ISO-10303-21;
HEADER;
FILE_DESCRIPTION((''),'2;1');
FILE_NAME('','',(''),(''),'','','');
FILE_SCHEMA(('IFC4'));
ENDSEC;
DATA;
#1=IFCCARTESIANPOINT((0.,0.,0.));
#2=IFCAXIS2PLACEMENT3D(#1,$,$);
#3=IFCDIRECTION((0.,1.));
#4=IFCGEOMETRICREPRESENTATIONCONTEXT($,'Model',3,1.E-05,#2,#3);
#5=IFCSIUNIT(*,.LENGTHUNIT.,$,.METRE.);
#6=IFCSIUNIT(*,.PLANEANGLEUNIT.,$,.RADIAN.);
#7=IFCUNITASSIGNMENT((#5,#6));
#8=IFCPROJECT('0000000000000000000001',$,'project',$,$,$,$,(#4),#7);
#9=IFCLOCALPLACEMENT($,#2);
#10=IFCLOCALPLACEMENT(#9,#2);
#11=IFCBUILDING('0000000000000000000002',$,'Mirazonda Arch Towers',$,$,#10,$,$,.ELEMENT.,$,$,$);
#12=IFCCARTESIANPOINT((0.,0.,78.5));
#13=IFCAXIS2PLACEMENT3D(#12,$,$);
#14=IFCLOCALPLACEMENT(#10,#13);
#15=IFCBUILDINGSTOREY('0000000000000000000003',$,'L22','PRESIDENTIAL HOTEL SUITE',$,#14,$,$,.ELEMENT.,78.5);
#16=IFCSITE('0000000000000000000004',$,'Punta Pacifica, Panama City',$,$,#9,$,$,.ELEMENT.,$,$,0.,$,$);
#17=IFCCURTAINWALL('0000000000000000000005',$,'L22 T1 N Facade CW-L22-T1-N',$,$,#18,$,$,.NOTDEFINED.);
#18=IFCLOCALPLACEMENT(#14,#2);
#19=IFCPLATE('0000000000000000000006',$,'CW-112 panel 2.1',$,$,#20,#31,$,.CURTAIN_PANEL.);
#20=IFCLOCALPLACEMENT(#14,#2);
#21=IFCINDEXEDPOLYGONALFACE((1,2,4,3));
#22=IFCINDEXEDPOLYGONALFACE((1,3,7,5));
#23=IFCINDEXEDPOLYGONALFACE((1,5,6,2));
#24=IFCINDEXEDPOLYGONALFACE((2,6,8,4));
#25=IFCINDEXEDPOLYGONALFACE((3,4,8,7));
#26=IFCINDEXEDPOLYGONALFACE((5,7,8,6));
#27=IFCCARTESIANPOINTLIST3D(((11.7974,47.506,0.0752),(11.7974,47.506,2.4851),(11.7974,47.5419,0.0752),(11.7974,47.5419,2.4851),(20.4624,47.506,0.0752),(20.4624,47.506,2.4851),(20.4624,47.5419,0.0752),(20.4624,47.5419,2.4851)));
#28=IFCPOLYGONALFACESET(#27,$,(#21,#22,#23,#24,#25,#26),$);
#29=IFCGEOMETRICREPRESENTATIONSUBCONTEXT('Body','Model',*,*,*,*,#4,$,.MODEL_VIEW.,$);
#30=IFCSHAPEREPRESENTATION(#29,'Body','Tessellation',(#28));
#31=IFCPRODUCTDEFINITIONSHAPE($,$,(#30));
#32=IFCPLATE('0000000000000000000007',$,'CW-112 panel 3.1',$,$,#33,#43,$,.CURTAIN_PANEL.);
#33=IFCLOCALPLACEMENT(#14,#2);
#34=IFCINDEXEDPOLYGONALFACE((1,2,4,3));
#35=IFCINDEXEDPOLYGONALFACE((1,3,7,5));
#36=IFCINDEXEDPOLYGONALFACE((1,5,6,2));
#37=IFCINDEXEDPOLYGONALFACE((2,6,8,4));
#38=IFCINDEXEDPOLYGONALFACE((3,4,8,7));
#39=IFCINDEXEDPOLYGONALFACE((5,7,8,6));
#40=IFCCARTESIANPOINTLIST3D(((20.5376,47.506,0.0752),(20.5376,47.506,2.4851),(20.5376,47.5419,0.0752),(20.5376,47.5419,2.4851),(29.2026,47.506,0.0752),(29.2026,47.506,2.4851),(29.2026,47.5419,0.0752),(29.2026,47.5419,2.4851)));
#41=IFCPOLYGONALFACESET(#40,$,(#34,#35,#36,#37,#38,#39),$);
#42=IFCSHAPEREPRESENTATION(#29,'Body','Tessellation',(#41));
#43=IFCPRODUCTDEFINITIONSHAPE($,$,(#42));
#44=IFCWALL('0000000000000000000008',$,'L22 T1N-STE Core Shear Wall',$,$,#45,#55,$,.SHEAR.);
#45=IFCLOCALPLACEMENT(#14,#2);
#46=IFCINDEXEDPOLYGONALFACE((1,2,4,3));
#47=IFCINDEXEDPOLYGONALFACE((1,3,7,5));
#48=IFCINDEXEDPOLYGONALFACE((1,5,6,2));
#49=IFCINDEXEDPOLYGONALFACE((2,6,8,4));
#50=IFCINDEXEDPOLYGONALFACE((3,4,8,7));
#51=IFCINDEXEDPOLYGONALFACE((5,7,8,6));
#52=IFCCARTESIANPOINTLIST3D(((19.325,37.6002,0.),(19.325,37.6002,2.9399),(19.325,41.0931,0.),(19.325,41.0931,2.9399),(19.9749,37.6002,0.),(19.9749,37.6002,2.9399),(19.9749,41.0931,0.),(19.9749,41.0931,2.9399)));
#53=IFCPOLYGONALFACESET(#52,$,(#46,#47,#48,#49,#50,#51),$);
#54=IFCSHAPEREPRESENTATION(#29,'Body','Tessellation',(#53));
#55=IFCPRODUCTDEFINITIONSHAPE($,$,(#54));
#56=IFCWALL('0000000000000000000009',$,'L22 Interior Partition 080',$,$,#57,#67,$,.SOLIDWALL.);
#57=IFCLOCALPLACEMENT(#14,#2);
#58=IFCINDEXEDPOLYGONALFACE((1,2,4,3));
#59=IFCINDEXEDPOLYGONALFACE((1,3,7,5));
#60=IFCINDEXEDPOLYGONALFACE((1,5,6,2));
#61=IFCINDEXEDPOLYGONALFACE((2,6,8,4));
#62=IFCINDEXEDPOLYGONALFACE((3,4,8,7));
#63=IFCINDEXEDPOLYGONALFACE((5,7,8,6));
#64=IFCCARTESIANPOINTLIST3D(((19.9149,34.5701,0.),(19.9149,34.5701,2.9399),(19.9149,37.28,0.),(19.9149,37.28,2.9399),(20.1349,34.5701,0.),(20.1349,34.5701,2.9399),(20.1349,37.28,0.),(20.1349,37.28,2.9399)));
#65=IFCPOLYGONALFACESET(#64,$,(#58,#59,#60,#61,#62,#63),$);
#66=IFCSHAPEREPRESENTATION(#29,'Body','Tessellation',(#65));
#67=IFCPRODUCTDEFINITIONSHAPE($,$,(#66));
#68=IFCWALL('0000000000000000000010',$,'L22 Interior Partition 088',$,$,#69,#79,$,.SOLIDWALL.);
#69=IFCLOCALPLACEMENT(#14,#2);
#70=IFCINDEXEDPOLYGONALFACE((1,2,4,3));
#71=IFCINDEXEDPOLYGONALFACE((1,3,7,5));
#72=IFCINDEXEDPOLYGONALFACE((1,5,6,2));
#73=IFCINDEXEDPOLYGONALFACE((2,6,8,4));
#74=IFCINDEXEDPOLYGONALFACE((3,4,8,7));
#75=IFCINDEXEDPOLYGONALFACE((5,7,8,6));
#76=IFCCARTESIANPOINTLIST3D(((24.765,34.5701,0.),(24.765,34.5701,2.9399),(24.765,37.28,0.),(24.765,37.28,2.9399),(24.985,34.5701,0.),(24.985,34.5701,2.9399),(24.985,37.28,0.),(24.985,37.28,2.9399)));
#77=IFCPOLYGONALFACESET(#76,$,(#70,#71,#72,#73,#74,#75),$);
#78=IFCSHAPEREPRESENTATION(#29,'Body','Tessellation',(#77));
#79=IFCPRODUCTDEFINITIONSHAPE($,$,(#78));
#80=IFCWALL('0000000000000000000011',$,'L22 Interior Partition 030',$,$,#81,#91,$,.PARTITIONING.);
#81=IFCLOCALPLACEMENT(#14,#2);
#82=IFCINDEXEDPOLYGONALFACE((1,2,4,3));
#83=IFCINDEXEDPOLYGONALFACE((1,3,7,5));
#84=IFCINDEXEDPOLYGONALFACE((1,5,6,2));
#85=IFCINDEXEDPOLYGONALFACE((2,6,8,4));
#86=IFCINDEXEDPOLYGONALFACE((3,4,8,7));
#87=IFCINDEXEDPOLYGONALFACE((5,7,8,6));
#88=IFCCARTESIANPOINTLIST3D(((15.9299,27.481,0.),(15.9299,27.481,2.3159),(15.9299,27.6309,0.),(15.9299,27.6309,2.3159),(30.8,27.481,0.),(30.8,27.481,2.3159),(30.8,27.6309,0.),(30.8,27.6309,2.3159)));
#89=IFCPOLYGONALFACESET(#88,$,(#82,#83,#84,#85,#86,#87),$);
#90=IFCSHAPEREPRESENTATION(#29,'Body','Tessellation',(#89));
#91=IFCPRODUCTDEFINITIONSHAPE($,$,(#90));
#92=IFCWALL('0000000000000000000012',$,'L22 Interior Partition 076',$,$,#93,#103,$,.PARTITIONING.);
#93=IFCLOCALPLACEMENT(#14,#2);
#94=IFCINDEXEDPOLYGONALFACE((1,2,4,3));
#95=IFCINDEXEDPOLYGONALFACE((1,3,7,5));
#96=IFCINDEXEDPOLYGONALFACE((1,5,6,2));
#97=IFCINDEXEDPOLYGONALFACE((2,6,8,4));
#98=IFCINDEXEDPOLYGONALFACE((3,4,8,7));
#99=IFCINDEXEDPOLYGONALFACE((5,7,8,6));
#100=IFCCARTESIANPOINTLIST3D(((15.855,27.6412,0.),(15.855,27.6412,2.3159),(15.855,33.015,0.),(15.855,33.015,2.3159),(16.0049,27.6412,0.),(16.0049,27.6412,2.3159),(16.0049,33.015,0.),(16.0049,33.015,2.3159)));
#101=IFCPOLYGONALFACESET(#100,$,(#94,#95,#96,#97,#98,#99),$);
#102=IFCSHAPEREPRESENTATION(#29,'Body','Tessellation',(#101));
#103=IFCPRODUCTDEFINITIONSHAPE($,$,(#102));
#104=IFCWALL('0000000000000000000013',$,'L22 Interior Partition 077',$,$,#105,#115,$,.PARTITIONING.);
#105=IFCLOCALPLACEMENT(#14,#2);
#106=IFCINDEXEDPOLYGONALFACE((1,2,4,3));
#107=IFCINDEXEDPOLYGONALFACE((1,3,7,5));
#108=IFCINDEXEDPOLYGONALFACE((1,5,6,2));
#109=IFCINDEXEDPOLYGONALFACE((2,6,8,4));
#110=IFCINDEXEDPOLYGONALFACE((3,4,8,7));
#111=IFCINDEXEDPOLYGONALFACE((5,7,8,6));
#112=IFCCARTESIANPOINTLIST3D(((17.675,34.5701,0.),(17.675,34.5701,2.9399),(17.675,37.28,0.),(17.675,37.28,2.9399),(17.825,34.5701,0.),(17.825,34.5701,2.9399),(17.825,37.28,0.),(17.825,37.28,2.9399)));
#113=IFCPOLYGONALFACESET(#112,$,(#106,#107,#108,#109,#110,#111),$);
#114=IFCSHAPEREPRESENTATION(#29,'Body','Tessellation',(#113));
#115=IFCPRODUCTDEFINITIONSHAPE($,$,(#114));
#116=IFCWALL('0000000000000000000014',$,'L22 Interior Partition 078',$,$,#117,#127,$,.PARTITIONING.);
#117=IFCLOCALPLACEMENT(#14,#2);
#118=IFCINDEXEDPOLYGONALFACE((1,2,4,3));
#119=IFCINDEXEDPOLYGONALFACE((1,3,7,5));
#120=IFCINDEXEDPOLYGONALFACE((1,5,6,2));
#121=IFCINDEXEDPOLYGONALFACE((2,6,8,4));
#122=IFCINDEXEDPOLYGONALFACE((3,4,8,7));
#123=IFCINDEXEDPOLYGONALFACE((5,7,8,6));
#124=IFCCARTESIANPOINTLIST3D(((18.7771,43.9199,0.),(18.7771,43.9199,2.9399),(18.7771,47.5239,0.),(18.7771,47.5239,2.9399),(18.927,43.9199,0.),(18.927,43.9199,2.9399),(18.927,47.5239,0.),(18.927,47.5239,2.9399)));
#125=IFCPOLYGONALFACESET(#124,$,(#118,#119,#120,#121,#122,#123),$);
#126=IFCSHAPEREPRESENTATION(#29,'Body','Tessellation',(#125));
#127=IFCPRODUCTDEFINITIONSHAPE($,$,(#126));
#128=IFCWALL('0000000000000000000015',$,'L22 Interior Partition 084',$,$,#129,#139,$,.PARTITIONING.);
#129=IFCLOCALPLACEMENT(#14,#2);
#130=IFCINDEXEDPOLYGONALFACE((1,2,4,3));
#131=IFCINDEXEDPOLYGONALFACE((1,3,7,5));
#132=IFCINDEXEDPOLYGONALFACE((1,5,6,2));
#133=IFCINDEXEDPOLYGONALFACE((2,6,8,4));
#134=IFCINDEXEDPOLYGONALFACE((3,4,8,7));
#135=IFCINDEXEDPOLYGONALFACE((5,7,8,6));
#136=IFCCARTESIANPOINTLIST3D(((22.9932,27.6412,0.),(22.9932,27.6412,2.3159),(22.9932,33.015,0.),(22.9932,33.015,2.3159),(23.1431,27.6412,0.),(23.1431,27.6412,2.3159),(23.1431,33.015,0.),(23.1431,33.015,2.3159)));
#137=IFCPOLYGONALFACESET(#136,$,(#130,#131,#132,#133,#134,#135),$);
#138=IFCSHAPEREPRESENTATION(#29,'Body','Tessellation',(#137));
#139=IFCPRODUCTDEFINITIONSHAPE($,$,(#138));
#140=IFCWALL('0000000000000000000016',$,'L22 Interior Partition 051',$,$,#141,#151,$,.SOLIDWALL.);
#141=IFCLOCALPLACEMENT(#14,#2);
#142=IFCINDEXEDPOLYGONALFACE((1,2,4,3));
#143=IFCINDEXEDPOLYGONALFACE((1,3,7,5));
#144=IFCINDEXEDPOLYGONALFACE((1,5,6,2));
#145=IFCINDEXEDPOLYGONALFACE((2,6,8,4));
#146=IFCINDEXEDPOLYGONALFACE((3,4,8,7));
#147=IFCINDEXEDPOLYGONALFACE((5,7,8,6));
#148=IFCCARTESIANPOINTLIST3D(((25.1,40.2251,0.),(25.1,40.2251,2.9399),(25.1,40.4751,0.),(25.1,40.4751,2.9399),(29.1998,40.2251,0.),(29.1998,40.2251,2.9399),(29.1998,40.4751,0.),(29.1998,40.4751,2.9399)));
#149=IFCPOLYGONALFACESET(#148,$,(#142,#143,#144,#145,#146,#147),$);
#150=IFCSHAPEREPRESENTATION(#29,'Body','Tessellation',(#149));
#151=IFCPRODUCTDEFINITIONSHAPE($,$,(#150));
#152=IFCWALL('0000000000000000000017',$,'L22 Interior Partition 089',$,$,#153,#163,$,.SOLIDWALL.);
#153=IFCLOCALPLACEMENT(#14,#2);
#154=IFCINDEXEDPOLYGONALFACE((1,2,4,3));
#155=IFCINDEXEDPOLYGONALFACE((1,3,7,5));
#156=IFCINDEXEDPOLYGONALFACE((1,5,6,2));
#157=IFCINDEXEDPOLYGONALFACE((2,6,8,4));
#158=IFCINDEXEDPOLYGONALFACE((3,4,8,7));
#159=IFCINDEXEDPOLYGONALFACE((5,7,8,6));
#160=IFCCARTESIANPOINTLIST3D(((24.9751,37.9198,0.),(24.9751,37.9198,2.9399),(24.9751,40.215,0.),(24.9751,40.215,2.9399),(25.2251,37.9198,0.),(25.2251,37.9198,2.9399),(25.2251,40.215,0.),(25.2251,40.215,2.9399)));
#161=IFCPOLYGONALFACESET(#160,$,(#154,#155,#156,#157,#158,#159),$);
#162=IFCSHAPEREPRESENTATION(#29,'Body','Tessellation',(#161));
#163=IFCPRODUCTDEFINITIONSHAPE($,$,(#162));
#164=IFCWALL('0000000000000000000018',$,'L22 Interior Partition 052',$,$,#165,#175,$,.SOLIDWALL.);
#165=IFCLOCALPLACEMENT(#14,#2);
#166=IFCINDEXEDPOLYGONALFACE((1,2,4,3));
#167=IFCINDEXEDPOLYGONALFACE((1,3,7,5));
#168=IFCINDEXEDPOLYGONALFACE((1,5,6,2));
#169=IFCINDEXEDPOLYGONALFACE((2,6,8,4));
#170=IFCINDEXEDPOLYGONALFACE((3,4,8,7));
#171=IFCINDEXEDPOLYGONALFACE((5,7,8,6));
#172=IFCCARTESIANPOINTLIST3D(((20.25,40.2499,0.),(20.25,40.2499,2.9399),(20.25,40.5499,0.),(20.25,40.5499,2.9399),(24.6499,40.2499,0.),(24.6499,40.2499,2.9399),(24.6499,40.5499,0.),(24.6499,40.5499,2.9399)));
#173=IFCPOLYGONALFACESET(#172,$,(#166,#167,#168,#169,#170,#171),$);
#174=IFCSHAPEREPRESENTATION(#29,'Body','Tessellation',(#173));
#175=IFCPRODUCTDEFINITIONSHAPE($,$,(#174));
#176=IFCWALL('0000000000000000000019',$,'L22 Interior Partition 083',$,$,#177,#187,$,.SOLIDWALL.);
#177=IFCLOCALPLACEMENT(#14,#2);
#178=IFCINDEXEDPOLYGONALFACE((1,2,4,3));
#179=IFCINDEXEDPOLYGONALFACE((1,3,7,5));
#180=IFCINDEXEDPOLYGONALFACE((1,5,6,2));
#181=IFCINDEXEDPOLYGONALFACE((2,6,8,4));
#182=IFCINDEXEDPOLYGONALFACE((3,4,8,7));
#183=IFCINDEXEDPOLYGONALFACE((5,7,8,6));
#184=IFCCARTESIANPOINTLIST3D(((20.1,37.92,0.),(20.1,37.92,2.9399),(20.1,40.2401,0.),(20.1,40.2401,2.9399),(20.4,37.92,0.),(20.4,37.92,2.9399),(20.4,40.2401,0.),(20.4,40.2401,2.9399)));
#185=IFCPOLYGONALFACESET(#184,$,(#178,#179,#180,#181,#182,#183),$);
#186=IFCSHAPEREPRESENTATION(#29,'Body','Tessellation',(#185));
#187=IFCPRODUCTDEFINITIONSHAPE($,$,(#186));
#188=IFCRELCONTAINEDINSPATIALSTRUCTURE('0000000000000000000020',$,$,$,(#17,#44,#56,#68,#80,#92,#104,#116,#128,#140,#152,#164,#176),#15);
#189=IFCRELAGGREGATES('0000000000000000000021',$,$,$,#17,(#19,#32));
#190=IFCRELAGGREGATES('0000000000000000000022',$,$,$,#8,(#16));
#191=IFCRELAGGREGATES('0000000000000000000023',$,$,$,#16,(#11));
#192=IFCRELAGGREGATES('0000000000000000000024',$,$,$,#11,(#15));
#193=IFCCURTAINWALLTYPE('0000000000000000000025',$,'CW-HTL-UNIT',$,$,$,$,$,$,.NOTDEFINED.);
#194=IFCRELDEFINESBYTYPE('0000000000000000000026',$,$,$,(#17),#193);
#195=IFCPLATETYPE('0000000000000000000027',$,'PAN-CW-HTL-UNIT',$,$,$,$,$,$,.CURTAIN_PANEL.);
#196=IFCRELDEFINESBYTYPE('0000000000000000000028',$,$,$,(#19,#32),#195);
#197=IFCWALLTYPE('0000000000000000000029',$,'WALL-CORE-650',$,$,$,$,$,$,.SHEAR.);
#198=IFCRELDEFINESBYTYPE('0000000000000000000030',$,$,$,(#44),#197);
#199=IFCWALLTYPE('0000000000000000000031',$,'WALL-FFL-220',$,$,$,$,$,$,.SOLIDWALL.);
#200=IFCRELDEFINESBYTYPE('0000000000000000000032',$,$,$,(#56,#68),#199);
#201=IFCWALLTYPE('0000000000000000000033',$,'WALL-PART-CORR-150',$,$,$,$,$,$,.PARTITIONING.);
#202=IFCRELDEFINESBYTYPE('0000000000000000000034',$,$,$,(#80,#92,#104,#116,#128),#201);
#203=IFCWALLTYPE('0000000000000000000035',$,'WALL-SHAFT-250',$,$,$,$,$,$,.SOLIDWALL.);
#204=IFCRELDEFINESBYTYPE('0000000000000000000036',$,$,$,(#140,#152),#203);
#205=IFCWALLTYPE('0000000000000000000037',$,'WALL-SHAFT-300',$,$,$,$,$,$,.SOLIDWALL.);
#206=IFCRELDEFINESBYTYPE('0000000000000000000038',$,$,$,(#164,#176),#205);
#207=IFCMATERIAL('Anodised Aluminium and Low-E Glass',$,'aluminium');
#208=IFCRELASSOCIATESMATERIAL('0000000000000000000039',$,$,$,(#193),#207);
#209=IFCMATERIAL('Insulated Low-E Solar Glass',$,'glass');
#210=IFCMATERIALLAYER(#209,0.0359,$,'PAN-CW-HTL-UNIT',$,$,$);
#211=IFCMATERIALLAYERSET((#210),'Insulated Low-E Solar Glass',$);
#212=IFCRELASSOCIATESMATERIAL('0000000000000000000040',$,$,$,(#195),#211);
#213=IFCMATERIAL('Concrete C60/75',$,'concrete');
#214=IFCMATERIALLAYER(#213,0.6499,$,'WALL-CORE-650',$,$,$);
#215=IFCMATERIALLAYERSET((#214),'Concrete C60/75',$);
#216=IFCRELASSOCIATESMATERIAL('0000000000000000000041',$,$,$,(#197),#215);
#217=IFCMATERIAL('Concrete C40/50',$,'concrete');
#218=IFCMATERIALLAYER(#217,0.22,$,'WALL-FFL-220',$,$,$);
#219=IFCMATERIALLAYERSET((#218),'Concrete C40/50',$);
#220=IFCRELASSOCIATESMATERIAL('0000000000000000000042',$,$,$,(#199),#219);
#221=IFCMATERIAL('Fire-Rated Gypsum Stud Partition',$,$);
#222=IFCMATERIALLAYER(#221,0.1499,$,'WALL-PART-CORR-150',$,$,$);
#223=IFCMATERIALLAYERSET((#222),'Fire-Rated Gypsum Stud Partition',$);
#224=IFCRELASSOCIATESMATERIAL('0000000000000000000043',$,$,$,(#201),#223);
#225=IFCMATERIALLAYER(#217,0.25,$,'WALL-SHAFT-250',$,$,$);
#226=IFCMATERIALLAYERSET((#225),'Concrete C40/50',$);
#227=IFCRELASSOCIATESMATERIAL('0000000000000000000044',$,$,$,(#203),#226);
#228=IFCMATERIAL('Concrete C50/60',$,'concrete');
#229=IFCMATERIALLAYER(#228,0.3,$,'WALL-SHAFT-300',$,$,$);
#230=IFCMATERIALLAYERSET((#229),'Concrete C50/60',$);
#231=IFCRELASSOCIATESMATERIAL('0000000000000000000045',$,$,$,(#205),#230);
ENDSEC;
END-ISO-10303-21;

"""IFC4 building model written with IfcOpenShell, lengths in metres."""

from ifc_helpers import new_model, si_unit, direction, frame, frame_2d, origin, origin_2d, place, context, subcontext, project, spatial, rectangle, extrude, material, layer, layer_set, type_object, element, aggregate, save


model = new_model("IFC4")

# Units and contexts
model_context = context("Model", 3, precision=1e-05, world=origin(), true_north=direction((0.0, 1.0)))
body_context = subcontext(model_context, "Body", "Model", "MODEL_VIEW")
ifc_project = project(units=[si_unit("LENGTHUNIT", "METRE"), si_unit("PLANEANGLEUNIT", "RADIAN")], contexts=[model_context])

# Site, building, storey
site_placement = place(None, origin())
site = spatial("IfcSite", under=ifc_project, at=site_placement, Name="Punta Pacifica, Panama City", CompositionType="ELEMENT", RefElevation=0.0)
building_placement = place(site_placement, origin())
building = spatial("IfcBuilding", under=site, at=building_placement, Name="Mirazonda Arch Towers", CompositionType="ELEMENT")
storey_placement = place(building_placement, frame((0.0, 0.0, 78.5)))
storey = spatial("IfcBuildingStorey", under=building, at=storey_placement, Name="L22", Description="PRESIDENTIAL HOTEL SUITE", CompositionType="ELEMENT", Elevation=78.5)

# Shared definitions
ifc_material_1 = material(Name="Concrete C60/75", Category="concrete")

# Curtain wall, plates
ifc_material_2 = material(Name="Anodised Aluminium and Low-E Glass", Category="aluminium")
curtain_wall_type = type_object("IfcCurtainWallType", Name="CW-HTL-UNIT", PredefinedType="NOTDEFINED", material=ifc_material_2)
curtain_wall_placement = place(storey_placement, origin())
curtain_wall = element("IfcCurtainWall", 1, at=curtain_wall_placement, inside=storey, type_object=curtain_wall_type, Name="L22 T1 N Facade CW-L22-T1-N", PredefinedType="NOTDEFINED")
ifc_material_3 = material(Name="Insulated Low-E Solar Glass", Category="glass")
ifc_layer_1 = layer(ifc_material_3, 0.0359, Name="PAN-CW-HTL-UNIT")
ifc_layer_set_1 = layer_set([ifc_layer_1], Name="Insulated Low-E Solar Glass")
plate_type = type_object("IfcPlateType", Name="PAN-CW-HTL-UNIT", PredefinedType="CURTAIN_PANEL", material=ifc_layer_set_1)
plate_1_placement = place(storey_placement, frame((16.1299, 47.5239, 0.0752), z_axis=(0.0, 0.0, 1.0), x_axis=(1.0, 0.0, 0.0)))
plate_1 = element("IfcPlate", 2, at=plate_1_placement, type_object=plate_type, Name="CW-112 panel 2.1", PredefinedType="CURTAIN_PANEL", context=body_context, shape_type="SweptSolid", body=[
    extrude(rectangle(XDim=8.665, YDim=0.0359, at=origin_2d()), origin(), (0.0, 0.0, 1.0), 2.4099),
])
plate_2_placement = place(storey_placement, frame((24.8701, 47.5239, 0.0752), z_axis=(0.0, 0.0, 1.0), x_axis=(1.0, 0.0, 0.0)))
plate_2 = element("IfcPlate", 3, at=plate_2_placement, type_object=plate_type, Name="CW-112 panel 3.1", PredefinedType="CURTAIN_PANEL", context=body_context, shape_type="SweptSolid", body=[
    extrude(rectangle(XDim=8.665, YDim=0.0359, at=origin_2d()), origin(), (0.0, 0.0, 1.0), 2.4099),
])
aggregate(curtain_wall, [plate_1, plate_2])

# Walls
ifc_layer_2 = layer(ifc_material_1, 0.6499, Name="WALL-CORE-650")
ifc_layer_set_2 = layer_set([ifc_layer_2], Name="Concrete C60/75")
wall_type_1 = type_object("IfcWallType", Name="WALL-CORE-650", PredefinedType="SHEAR", material=ifc_layer_set_2)
wall_1_placement = place(storey_placement, frame((19.6499, 37.6001, 0.0), z_axis=(0.0, 0.0, 1.0), x_axis=(0.0, 1.0, 0.0)))
element("IfcWall", 4, at=wall_1_placement, inside=storey, type_object=wall_type_1, Name="L22 T1N-STE Core Shear Wall", PredefinedType="SHEAR", context=body_context, shape_type="SweptSolid", body=[
    extrude(rectangle(XDim=3.4929, YDim=0.6499, at=frame_2d((1.7466, 0.0))), origin(), (0.0, 0.0, 1.0), 2.9399),
])
ifc_material_4 = material(Name="Concrete C40/50", Category="concrete")
ifc_layer_3 = layer(ifc_material_4, 0.22, Name="WALL-FFL-220")
ifc_layer_set_3 = layer_set([ifc_layer_3], Name="Concrete C40/50")
wall_type_2 = type_object("IfcWallType", Name="WALL-FFL-220", PredefinedType="SOLIDWALL", material=ifc_layer_set_3)
for number, where, z_axis, x_axis, name in (
    (5, (20.0249, 34.5701, 0.0), (0.0, 0.0, 1.0), (0.0, 1.0, 0.0), "L22 Interior Partition 080"),
    (6, (24.875, 34.5701, 0.0), (0.0, 0.0, 1.0), (0.0, 1.0, 0.0), "L22 Interior Partition 088"),
):
    element("IfcWall", number, at=place(storey_placement, frame(where, z_axis=z_axis, x_axis=x_axis)), inside=storey, type_object=wall_type_2, Name=name, PredefinedType="SOLIDWALL", context=body_context, shape_type="SweptSolid", body=[
        extrude(rectangle(XDim=2.71, YDim=0.22, at=frame_2d((1.355, 0.0))), origin(), (0.0, 0.0, 1.0), 2.9399),
    ])
ifc_material_5 = material(Name="Fire-Rated Gypsum Stud Partition")
ifc_layer_4 = layer(ifc_material_5, 0.1499, Name="WALL-PART-CORR-150")
ifc_layer_set_4 = layer_set([ifc_layer_4], Name="Fire-Rated Gypsum Stud Partition")
wall_type_3 = type_object("IfcWallType", Name="WALL-PART-CORR-150", PredefinedType="PARTITIONING", material=ifc_layer_set_4)
wall_2_placement = place(storey_placement, frame((15.9299, 27.5559, 0.0), z_axis=(0.0, 0.0, 1.0), x_axis=(1.0, 0.0, 0.0)))
element("IfcWall", 7, at=wall_2_placement, inside=storey, type_object=wall_type_3, Name="L22 Interior Partition 030", PredefinedType="PARTITIONING", context=body_context, shape_type="SweptSolid", body=[
    extrude(rectangle(XDim=14.8701, YDim=0.1499, at=frame_2d((7.4351, 0.0))), origin(), (0.0, 0.0, 1.0), 2.3159),
])
wall_3_placement = place(storey_placement, frame((15.9299, 27.6411, 0.0), z_axis=(0.0, 0.0, 1.0), x_axis=(0.0, 1.0, 0.0)))
element("IfcWall", 8, at=wall_3_placement, inside=storey, type_object=wall_type_3, Name="L22 Interior Partition 076", PredefinedType="PARTITIONING", context=body_context, shape_type="SweptSolid", body=[
    extrude(rectangle(XDim=5.3738, YDim=0.1499, at=frame_2d((2.687, 0.0))), origin(), (0.0, 0.0, 1.0), 2.3159),
])
wall_4_placement = place(storey_placement, frame((17.75, 34.5701, 0.0), z_axis=(0.0, 0.0, 1.0), x_axis=(0.0, 1.0, 0.0)))
element("IfcWall", 9, at=wall_4_placement, inside=storey, type_object=wall_type_3, Name="L22 Interior Partition 077", PredefinedType="PARTITIONING", context=body_context, shape_type="SweptSolid", body=[
    extrude(rectangle(XDim=2.71, YDim=0.1499, at=frame_2d((1.355, 0.0))), origin(), (0.0, 0.0, 1.0), 2.9399),
])
wall_5_placement = place(storey_placement, frame((18.8521, 43.9199, 0.0), z_axis=(0.0, 0.0, 1.0), x_axis=(0.0, 1.0, 0.0)))
element("IfcWall", 10, at=wall_5_placement, inside=storey, type_object=wall_type_3, Name="L22 Interior Partition 078", PredefinedType="PARTITIONING", context=body_context, shape_type="SweptSolid", body=[
    extrude(rectangle(XDim=3.604, YDim=0.1499, at=frame_2d((1.802, 0.0))), origin(), (0.0, 0.0, 1.0), 2.9399),
])
wall_6_placement = place(storey_placement, frame((23.0681, 27.6411, 0.0), z_axis=(0.0, 0.0, 1.0), x_axis=(0.0, 1.0, 0.0)))
element("IfcWall", 11, at=wall_6_placement, inside=storey, type_object=wall_type_3, Name="L22 Interior Partition 084", PredefinedType="PARTITIONING", context=body_context, shape_type="SweptSolid", body=[
    extrude(rectangle(XDim=5.3738, YDim=0.1499, at=frame_2d((2.687, 0.0))), origin(), (0.0, 0.0, 1.0), 2.3159),
])
ifc_layer_5 = layer(ifc_material_4, 0.25, Name="WALL-SHAFT-250")
ifc_layer_set_5 = layer_set([ifc_layer_5], Name="Concrete C40/50")
wall_type_4 = type_object("IfcWallType", Name="WALL-SHAFT-250", PredefinedType="SOLIDWALL", material=ifc_layer_set_5)
wall_7_placement = place(storey_placement, frame((25.1001, 40.3501, 0.0), z_axis=(0.0, 0.0, 1.0), x_axis=(1.0, 0.0, 0.0)))
element("IfcWall", 12, at=wall_7_placement, inside=storey, type_object=wall_type_4, Name="L22 Interior Partition 051", PredefinedType="SOLIDWALL", context=body_context, shape_type="SweptSolid", body=[
    extrude(rectangle(XDim=4.0999, YDim=0.25, at=frame_2d((2.0498, 0.0))), origin(), (0.0, 0.0, 1.0), 2.9399),
])
wall_8_placement = place(storey_placement, frame((25.1001, 37.9199, 0.0), z_axis=(0.0, 0.0, 1.0), x_axis=(0.0, 1.0, 0.0)))
element("IfcWall", 13, at=wall_8_placement, inside=storey, type_object=wall_type_4, Name="L22 Interior Partition 089", PredefinedType="SOLIDWALL", context=body_context, shape_type="SweptSolid", body=[
    extrude(rectangle(XDim=2.2952, YDim=0.25, at=frame_2d((1.1475, 0.0))), origin(), (0.0, 0.0, 1.0), 2.9399),
])
ifc_material_6 = material(Name="Concrete C50/60", Category="concrete")
ifc_layer_6 = layer(ifc_material_6, 0.3, Name="WALL-SHAFT-300")
ifc_layer_set_6 = layer_set([ifc_layer_6], Name="Concrete C50/60")
wall_type_5 = type_object("IfcWallType", Name="WALL-SHAFT-300", PredefinedType="SOLIDWALL", material=ifc_layer_set_6)
wall_9_placement = place(storey_placement, frame((20.25, 40.3999, 0.0), z_axis=(0.0, 0.0, 1.0), x_axis=(1.0, 0.0, 0.0)))
element("IfcWall", 14, at=wall_9_placement, inside=storey, type_object=wall_type_5, Name="L22 Interior Partition 052", PredefinedType="SOLIDWALL", context=body_context, shape_type="SweptSolid", body=[
    extrude(rectangle(XDim=4.3999, YDim=0.3, at=frame_2d((2.2, 0.0))), origin(), (0.0, 0.0, 1.0), 2.9399),
])
for number, where, z_axis, x_axis, name in (
    (15, (20.25, 37.9199, 0.0), (0.0, 0.0, 1.0), (0.0, 1.0, 0.0), "L22 Interior Partition 083"),
):
    element("IfcWall", number, at=place(storey_placement, frame(where, z_axis=z_axis, x_axis=x_axis)), inside=storey, type_object=wall_type_5, Name=name, PredefinedType="SOLIDWALL", context=body_context, shape_type="SweptSolid", body=[
        extrude(rectangle(XDim=2.3201, YDim=0.3, at=frame_2d((1.1602, 0.0))), origin(), (0.0, 0.0, 1.0), 2.9399),
    ])

save(model, "model.ifc")
